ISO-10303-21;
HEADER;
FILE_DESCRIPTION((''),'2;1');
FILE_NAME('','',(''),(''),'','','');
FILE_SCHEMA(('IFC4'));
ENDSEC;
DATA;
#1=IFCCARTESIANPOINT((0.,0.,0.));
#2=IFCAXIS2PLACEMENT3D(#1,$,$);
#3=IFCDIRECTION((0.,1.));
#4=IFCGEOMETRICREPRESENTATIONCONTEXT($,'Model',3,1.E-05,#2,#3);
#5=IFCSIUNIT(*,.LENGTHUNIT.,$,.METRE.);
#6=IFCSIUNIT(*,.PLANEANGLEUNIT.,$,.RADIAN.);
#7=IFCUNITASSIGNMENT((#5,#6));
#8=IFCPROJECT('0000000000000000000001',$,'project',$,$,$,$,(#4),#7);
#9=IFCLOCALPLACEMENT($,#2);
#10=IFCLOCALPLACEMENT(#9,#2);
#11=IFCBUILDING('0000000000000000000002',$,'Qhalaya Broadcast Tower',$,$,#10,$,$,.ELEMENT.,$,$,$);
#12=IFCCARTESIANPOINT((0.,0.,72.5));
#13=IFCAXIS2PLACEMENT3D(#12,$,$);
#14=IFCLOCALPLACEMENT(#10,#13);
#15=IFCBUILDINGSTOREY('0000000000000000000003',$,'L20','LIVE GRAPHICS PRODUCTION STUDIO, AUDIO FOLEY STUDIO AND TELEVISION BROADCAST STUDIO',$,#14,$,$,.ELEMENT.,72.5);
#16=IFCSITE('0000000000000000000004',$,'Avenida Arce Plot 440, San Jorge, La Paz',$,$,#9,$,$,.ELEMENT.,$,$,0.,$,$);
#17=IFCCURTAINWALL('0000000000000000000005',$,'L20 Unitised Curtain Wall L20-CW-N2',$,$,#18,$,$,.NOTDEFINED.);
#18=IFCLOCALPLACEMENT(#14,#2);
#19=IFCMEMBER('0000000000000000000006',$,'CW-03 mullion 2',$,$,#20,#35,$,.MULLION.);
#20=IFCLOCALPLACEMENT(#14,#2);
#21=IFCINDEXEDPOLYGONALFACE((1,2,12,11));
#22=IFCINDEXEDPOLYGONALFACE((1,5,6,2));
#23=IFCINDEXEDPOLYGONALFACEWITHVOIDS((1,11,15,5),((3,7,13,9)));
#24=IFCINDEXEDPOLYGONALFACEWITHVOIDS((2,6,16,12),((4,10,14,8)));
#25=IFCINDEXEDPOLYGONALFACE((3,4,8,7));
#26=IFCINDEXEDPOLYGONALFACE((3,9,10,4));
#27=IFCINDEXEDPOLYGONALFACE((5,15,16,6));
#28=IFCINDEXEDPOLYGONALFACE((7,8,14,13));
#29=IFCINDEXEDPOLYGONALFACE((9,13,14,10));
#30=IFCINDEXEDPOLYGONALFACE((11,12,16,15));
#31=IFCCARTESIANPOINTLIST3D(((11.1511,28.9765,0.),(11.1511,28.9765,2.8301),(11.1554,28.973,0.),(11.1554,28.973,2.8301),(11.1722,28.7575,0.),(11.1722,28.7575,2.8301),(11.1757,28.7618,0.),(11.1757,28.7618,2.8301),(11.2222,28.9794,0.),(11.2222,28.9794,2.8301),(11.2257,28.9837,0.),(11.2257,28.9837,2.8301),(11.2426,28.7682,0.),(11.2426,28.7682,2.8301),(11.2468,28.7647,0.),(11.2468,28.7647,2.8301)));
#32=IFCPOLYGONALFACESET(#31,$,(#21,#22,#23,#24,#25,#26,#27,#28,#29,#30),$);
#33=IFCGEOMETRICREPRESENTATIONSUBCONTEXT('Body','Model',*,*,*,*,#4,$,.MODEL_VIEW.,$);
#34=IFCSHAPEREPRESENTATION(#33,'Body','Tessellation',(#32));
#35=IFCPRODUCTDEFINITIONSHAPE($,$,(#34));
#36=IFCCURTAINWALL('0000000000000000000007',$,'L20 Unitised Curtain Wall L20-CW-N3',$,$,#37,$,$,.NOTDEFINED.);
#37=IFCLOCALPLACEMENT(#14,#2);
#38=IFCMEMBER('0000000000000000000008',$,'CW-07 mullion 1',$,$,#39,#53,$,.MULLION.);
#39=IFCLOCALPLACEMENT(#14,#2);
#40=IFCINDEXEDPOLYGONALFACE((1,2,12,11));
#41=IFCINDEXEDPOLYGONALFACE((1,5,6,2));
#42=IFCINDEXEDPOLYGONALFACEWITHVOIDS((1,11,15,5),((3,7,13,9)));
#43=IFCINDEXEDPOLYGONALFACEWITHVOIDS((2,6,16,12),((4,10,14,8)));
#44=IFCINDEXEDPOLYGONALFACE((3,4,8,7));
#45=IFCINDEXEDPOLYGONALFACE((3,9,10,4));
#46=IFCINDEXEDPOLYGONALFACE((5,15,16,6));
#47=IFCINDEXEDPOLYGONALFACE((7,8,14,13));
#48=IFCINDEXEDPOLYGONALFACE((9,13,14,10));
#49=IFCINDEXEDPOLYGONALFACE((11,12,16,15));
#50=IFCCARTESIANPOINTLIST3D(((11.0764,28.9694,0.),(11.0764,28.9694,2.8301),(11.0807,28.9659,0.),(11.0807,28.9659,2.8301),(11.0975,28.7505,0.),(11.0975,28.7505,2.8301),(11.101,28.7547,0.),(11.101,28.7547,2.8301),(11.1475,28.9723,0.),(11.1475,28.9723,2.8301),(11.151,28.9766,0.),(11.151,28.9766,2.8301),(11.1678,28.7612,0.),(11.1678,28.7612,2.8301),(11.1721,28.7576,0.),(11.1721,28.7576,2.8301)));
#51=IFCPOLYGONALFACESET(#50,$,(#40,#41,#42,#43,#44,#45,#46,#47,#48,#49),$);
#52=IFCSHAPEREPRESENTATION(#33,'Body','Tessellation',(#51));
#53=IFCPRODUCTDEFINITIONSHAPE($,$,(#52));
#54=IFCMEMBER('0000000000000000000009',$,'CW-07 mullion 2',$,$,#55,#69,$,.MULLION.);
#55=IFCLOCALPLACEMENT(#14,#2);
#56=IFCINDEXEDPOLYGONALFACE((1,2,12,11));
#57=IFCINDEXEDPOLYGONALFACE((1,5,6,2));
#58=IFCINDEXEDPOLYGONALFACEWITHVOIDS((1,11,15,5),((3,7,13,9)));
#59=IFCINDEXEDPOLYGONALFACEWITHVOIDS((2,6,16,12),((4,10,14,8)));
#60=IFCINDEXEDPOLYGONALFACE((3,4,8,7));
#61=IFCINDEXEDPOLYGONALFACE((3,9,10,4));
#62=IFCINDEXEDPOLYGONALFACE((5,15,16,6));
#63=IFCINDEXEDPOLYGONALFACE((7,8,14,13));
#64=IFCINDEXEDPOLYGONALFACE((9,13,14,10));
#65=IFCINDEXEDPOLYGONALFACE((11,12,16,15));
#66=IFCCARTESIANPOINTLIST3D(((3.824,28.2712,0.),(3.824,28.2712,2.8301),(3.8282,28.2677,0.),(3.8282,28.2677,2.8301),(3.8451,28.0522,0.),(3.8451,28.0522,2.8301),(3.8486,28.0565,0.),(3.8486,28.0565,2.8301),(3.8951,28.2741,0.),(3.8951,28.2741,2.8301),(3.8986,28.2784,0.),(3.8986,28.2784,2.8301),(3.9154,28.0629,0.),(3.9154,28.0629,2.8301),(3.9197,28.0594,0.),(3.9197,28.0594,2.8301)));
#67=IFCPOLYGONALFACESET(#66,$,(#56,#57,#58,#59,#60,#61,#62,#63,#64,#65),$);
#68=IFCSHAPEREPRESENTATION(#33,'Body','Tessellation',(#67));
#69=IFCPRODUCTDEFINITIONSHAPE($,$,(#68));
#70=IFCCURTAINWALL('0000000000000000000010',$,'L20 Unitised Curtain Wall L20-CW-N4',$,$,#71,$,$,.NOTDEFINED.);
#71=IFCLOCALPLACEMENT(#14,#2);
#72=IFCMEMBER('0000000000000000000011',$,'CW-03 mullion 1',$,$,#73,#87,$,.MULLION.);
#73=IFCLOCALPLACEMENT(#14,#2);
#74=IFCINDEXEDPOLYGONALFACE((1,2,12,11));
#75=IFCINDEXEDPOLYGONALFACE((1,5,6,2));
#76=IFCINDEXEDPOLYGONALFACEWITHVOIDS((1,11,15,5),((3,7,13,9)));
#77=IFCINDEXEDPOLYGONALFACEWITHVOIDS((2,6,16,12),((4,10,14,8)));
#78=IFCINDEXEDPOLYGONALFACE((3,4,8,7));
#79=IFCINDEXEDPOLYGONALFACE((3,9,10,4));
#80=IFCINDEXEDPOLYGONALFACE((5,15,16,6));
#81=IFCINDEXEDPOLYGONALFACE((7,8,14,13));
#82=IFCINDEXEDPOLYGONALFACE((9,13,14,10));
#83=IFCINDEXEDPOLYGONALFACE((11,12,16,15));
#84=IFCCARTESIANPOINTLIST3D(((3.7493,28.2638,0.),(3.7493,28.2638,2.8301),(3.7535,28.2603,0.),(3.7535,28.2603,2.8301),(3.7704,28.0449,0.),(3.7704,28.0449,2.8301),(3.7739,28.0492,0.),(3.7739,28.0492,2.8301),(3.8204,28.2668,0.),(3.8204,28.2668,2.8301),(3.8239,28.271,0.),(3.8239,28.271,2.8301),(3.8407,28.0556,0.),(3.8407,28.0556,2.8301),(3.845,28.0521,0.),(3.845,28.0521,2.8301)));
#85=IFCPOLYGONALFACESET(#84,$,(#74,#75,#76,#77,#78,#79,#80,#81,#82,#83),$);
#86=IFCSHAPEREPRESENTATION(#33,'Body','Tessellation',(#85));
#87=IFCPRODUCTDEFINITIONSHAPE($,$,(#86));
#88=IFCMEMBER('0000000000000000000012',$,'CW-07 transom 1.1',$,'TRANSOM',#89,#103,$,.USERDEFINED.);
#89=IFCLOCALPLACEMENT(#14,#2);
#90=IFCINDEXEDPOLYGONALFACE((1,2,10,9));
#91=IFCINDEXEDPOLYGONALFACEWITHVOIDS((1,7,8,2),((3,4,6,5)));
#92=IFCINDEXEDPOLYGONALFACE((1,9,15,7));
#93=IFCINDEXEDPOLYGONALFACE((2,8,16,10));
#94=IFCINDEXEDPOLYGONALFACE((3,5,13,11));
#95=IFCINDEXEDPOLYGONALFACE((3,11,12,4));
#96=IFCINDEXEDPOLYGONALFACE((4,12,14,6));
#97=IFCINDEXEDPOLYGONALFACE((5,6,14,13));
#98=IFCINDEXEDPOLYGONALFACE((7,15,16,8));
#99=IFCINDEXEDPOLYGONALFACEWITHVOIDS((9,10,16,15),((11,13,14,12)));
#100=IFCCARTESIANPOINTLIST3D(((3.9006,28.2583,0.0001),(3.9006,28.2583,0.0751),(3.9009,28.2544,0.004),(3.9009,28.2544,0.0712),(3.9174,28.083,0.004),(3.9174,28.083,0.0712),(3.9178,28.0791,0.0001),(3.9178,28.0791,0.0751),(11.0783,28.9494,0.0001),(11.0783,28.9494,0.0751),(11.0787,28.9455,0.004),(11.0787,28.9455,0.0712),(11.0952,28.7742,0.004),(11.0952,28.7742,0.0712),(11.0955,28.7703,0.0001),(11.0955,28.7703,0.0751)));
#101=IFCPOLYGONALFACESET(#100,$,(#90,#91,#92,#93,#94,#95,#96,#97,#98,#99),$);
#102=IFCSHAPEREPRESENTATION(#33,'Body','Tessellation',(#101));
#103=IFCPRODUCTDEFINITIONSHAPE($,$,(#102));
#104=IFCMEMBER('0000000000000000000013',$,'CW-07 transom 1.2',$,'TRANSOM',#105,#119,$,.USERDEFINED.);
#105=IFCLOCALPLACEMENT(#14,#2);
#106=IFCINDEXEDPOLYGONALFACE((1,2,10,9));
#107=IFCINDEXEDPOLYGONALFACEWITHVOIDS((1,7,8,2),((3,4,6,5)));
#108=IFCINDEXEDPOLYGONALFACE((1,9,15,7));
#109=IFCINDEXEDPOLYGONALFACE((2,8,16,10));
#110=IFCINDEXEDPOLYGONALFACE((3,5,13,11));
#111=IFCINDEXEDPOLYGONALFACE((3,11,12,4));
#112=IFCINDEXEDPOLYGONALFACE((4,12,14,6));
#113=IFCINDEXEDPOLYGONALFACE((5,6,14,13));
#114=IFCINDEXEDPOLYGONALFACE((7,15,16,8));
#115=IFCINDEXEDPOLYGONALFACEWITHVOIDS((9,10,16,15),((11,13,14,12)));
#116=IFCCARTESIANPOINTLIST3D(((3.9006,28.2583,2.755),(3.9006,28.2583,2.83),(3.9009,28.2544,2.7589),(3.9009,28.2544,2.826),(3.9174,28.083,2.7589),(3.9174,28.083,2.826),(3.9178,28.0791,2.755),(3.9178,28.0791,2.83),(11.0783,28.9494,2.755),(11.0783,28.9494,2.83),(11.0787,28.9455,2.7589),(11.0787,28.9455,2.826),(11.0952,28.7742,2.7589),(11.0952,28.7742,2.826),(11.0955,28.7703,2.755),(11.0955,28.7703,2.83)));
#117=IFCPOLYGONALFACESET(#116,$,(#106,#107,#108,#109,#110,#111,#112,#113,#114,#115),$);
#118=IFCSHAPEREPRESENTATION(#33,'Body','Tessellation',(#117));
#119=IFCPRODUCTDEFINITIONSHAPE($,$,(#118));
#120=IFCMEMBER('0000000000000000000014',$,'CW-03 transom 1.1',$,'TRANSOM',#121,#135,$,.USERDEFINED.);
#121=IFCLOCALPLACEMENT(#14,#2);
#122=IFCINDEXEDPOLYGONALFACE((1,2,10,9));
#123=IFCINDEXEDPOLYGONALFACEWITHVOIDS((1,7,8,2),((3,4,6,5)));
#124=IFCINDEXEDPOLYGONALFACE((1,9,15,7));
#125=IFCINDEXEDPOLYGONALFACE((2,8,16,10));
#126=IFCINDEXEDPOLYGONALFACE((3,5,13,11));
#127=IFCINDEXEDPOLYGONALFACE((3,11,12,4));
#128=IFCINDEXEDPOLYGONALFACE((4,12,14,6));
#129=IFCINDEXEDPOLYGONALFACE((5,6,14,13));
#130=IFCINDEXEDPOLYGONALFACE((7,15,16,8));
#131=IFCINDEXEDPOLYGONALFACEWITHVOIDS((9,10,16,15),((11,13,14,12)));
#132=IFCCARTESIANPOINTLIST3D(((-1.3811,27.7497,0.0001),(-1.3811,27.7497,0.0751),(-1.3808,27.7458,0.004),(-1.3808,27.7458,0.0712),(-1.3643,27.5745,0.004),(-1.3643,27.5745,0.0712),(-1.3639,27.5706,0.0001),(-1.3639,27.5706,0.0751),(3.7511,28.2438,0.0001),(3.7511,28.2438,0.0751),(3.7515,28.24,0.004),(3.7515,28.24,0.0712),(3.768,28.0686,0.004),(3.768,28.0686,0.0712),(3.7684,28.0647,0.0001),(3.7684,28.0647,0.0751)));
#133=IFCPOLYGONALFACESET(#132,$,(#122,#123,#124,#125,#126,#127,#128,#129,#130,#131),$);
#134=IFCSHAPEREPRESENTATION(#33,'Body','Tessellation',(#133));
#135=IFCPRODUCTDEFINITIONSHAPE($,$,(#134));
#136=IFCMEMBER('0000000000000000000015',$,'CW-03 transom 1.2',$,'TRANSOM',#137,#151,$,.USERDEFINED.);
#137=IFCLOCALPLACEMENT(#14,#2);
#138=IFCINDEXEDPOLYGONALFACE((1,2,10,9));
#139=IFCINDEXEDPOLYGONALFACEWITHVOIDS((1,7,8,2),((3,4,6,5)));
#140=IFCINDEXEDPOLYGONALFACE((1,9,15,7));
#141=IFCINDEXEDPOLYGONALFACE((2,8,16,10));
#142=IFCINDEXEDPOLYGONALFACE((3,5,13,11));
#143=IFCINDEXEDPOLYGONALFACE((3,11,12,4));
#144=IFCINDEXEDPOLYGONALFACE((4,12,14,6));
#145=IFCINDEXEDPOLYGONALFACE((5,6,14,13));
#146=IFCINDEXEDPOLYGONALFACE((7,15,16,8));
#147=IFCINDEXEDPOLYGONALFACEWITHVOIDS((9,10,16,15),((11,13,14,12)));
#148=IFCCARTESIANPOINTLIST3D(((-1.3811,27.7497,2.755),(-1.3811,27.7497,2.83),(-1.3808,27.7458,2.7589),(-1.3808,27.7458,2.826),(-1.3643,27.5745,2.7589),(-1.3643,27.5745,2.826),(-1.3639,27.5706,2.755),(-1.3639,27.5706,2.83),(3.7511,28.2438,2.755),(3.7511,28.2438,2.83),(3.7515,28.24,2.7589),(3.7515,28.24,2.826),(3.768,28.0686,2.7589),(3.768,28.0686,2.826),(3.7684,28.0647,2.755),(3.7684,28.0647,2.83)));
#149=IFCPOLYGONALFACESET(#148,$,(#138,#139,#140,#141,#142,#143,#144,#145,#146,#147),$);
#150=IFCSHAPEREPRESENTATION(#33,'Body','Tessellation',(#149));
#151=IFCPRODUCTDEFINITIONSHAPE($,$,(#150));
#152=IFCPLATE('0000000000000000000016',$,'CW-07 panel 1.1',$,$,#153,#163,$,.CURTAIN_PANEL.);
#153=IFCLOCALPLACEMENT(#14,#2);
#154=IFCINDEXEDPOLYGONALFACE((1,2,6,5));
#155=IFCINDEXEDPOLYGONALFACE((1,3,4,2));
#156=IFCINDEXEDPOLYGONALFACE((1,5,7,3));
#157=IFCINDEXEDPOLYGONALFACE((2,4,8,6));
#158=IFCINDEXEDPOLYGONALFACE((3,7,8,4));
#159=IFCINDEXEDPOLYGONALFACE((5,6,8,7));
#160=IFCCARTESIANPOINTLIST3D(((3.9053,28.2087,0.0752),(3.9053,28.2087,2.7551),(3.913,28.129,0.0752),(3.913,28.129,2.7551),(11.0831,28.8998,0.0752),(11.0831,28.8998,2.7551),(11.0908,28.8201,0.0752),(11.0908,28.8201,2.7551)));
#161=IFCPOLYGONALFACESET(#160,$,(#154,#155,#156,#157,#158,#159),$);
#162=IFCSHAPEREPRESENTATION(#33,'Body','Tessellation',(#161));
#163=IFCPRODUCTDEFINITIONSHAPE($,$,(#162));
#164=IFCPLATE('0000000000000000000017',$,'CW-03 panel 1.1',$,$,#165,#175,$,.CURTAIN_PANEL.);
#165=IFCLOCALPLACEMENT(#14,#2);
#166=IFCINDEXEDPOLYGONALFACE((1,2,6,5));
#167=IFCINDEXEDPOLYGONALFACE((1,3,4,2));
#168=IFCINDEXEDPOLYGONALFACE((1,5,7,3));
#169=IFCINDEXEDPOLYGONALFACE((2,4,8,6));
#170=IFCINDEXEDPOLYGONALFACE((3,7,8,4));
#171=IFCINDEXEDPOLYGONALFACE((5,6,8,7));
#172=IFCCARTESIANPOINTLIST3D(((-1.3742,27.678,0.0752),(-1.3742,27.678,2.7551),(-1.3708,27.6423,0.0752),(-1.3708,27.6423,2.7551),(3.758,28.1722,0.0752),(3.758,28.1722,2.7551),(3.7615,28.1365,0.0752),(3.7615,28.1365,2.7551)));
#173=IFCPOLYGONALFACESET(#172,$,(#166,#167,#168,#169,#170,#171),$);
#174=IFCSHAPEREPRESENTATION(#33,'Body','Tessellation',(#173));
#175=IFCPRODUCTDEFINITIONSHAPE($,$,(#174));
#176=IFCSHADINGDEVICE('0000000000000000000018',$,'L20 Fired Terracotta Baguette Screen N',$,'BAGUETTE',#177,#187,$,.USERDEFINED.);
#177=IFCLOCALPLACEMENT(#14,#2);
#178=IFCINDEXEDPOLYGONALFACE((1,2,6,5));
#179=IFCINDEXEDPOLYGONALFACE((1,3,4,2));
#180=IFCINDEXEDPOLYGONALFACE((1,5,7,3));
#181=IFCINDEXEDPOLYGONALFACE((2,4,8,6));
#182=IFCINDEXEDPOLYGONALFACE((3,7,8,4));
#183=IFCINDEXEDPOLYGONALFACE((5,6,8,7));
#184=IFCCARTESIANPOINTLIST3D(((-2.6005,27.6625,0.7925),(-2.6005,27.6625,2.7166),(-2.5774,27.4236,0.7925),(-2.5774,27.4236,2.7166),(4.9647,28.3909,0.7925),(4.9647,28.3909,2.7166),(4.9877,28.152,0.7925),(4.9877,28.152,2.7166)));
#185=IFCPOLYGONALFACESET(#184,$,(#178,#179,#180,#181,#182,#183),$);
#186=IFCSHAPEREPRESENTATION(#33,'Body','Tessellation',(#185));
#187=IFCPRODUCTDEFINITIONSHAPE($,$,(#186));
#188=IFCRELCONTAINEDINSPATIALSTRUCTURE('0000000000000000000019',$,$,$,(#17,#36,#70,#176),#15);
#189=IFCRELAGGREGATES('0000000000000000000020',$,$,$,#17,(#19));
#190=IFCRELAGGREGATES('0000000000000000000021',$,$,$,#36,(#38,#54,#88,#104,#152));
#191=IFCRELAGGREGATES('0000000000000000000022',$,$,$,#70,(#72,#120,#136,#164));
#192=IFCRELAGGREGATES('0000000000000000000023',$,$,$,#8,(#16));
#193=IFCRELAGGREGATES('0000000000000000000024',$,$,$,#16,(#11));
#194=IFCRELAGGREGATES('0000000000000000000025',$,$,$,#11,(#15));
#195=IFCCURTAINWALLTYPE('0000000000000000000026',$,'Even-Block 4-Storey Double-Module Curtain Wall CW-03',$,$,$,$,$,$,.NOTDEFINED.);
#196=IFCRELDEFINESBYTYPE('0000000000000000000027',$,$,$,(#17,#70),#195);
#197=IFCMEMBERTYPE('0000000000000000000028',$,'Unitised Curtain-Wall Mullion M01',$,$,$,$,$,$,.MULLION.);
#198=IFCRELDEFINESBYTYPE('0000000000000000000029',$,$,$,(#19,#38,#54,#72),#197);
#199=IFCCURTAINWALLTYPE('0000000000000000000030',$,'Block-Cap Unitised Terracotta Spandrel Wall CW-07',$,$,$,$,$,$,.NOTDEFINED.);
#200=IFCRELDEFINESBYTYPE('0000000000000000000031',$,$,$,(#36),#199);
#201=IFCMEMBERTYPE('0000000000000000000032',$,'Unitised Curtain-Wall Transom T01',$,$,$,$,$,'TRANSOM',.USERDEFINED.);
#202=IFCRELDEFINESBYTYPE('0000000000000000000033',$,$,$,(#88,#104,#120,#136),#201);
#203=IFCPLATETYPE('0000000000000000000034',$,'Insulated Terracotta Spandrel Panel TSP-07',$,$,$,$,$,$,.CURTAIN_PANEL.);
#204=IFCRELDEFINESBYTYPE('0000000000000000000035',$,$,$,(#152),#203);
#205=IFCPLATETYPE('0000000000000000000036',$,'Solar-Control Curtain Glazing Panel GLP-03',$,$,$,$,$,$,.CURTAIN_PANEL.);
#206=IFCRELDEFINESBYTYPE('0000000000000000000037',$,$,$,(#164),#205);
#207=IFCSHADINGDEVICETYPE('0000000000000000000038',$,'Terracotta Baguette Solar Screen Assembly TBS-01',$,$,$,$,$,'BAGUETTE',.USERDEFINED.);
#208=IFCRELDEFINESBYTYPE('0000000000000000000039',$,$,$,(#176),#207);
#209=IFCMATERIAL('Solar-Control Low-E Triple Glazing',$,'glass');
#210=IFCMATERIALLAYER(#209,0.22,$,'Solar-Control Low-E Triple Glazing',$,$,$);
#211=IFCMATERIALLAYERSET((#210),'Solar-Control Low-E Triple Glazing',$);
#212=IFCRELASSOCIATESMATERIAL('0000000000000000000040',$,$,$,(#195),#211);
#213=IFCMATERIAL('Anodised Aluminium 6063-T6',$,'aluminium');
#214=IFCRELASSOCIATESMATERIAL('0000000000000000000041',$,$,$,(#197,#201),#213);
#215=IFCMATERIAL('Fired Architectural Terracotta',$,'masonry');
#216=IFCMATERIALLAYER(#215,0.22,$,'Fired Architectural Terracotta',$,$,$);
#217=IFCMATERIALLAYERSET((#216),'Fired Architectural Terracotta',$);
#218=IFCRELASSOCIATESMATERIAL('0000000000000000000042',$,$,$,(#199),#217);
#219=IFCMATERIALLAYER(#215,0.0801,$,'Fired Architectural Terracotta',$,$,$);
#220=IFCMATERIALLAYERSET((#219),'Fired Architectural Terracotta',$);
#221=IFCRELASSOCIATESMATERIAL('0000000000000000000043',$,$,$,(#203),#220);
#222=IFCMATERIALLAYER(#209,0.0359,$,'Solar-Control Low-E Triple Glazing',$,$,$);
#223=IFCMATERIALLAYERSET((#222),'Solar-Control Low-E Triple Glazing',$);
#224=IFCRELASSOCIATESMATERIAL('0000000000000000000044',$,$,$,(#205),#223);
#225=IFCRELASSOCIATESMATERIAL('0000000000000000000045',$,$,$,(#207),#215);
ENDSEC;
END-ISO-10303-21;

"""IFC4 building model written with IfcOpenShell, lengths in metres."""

from ifc_helpers import new_model, si_unit, direction, frame, origin, origin_2d, place, context, subcontext, project, spatial, rectangle, hollow_rectangle, extrude, material, layer, layer_set, material_profile, profile_set, type_object, element, aggregate, save


model = new_model("IFC4")

# Units and contexts
model_context = context("Model", 3, precision=1e-05, world=origin(), true_north=direction((0.0, 1.0)))
body_context = subcontext(model_context, "Body", "Model", "MODEL_VIEW")
ifc_project = project(units=[si_unit("LENGTHUNIT", "METRE"), si_unit("PLANEANGLEUNIT", "RADIAN")], contexts=[model_context])

# Site, building, storey
site_placement = place(None, origin())
site = spatial("IfcSite", under=ifc_project, at=site_placement, Name="Avenida Arce Plot 440, San Jorge, La Paz", CompositionType="ELEMENT", RefElevation=0.0)
building_placement = place(site_placement, origin())
building = spatial("IfcBuilding", under=site, at=building_placement, Name="Qhalaya Broadcast Tower", CompositionType="ELEMENT")
storey_placement = place(building_placement, frame((0.0, 0.0, 72.5)))
storey = spatial("IfcBuildingStorey", under=building, at=storey_placement, Name="L20", Description="LIVE GRAPHICS PRODUCTION STUDIO, AUDIO FOLEY STUDIO AND TELEVISION BROADCAST STUDIO", CompositionType="ELEMENT", Elevation=72.5)

# Curtain wall, member
ifc_material_1 = material(Name="Solar-Control Low-E Triple Glazing", Category="glass")
ifc_layer_1 = layer(ifc_material_1, 0.22, Name="Solar-Control Low-E Triple Glazing")
ifc_layer_set_1 = layer_set([ifc_layer_1], Name="Solar-Control Low-E Triple Glazing")
curtain_wall_type_1 = type_object("IfcCurtainWallType", Name="Even-Block 4-Storey Double-Module Curtain Wall CW-03", PredefinedType="NOTDEFINED", material=ifc_layer_set_1)
curtain_wall_1_placement = place(storey_placement, origin())
curtain_wall_1 = element("IfcCurtainWall", 1, at=curtain_wall_1_placement, inside=storey, type_object=curtain_wall_type_1, Name="L20 Unitised Curtain Wall L20-CW-N2", PredefinedType="NOTDEFINED")
ifc_material_2 = material(Name="Anodised Aluminium 6063-T6", Category="aluminium")
ifc_material_profile_1 = material_profile(ifc_material_2, hollow_rectangle(XDim=0.075, YDim=0.22, WallThickness=0.0039, at=origin_2d()), Name="ALU-MUL 75x220x4")
ifc_profile_set_1 = profile_set([ifc_material_profile_1], Name="Anodised Aluminium 6063-T6")
member_type_1 = type_object("IfcMemberType", Name="Unitised Curtain-Wall Mullion M01", PredefinedType="MULLION", material=ifc_profile_set_1)
member_1_placement = place(storey_placement, frame((11.199, 28.8706, 0.0), z_axis=(0.0, 0.0, 1.0), x_axis=(-0.995396, -0.095852, 0.0)))
member_1 = element("IfcMember", 2, at=member_1_placement, type_object=member_type_1, Name="CW-03 mullion 2", PredefinedType="MULLION", context=body_context, shape_type="SweptSolid", body=[
    extrude(hollow_rectangle(XDim=0.075, YDim=0.22, WallThickness=0.0039, at=origin_2d()), origin(), (0.0, 0.0, 1.0), 2.8301),
])
aggregate(curtain_wall_1, [member_1])

# Curtain wall, members
ifc_material_3 = material(Name="Fired Architectural Terracotta", Category="masonry")
ifc_layer_2 = layer(ifc_material_3, 0.22, Name="Fired Architectural Terracotta")
ifc_layer_set_2 = layer_set([ifc_layer_2], Name="Fired Architectural Terracotta")
curtain_wall_type_2 = type_object("IfcCurtainWallType", Name="Block-Cap Unitised Terracotta Spandrel Wall CW-07", PredefinedType="NOTDEFINED", material=ifc_layer_set_2)
curtain_wall_2_placement = place(storey_placement, origin())
curtain_wall_2 = element("IfcCurtainWall", 3, at=curtain_wall_2_placement, inside=storey, type_object=curtain_wall_type_2, Name="L20 Unitised Curtain Wall L20-CW-N3", PredefinedType="NOTDEFINED")
member_2_placement = place(storey_placement, frame((11.1243, 28.8635, 0.0), z_axis=(0.0, 0.0, 1.0), x_axis=(-0.995396, -0.095843, 0.0)))
member_2 = element("IfcMember", 4, at=member_2_placement, type_object=member_type_1, Name="CW-07 mullion 1", PredefinedType="MULLION", context=body_context, shape_type="SweptSolid", body=[
    extrude(hollow_rectangle(XDim=0.075, YDim=0.22, WallThickness=0.0039, at=origin_2d()), origin(), (0.0, 0.0, 1.0), 2.8301),
])
member_3_placement = place(storey_placement, frame((3.8718, 28.1653, 0.0), z_axis=(0.0, 0.0, 1.0), x_axis=(-0.995396, -0.095843, 0.0)))
member_3 = element("IfcMember", 5, at=member_3_placement, type_object=member_type_1, Name="CW-07 mullion 2", PredefinedType="MULLION", context=body_context, shape_type="SweptSolid", body=[
    extrude(hollow_rectangle(XDim=0.075, YDim=0.22, WallThickness=0.0039, at=origin_2d()), origin(), (0.0, 0.0, 1.0), 2.8301),
])

# Curtain wall, member
curtain_wall_3_placement = place(storey_placement, origin())
curtain_wall_3 = element("IfcCurtainWall", 6, at=curtain_wall_3_placement, inside=storey, type_object=curtain_wall_type_1, Name="L20 Unitised Curtain Wall L20-CW-N4", PredefinedType="NOTDEFINED")
member_4_placement = place(storey_placement, frame((3.7971, 28.158, 0.0), z_axis=(0.0, 0.0, 1.0), x_axis=(-0.995395, -0.095853, 0.0)))
member_4 = element("IfcMember", 7, at=member_4_placement, type_object=member_type_1, Name="CW-03 mullion 1", PredefinedType="MULLION", context=body_context, shape_type="SweptSolid", body=[
    extrude(hollow_rectangle(XDim=0.075, YDim=0.22, WallThickness=0.0039, at=origin_2d()), origin(), (0.0, 0.0, 1.0), 2.8301),
])

# Members
ifc_material_profile_2 = material_profile(ifc_material_2, hollow_rectangle(XDim=0.075, YDim=0.1799, WallThickness=0.0039, at=origin_2d()), Name="ALU-TRN 75x180x4")
ifc_profile_set_2 = profile_set([ifc_material_profile_2], Name="Anodised Aluminium 6063-T6")
member_type_2 = type_object("IfcMemberType", Name="Unitised Curtain-Wall Transom T01", ElementType="TRANSOM", PredefinedType="USERDEFINED", material=ifc_profile_set_2)
member_5_placement = place(storey_placement, frame((11.0869, 28.8599, 0.0376), z_axis=(-0.995396, -0.095849, 0.0), x_axis=(0.0, 0.0, 1.0)))
member_5 = element("IfcMember", 8, at=member_5_placement, type_object=member_type_2, Name="CW-07 transom 1.1", ObjectType="TRANSOM", PredefinedType="USERDEFINED", context=body_context, shape_type="SweptSolid", body=[
    extrude(hollow_rectangle(XDim=0.075, YDim=0.1799, WallThickness=0.0039, at=origin_2d()), origin(), (0.0, 0.0, 1.0), 7.2109),
])
member_6_placement = place(storey_placement, frame((11.0869, 28.8599, 2.7925), z_axis=(-0.995396, -0.095849, 0.0), x_axis=(0.0, 0.0, 1.0)))
member_6 = element("IfcMember", 9, at=member_6_placement, type_object=member_type_2, Name="CW-07 transom 1.2", ObjectType="TRANSOM", PredefinedType="USERDEFINED", context=body_context, shape_type="SweptSolid", body=[
    extrude(hollow_rectangle(XDim=0.075, YDim=0.1799, WallThickness=0.0039, at=origin_2d()), origin(), (0.0, 0.0, 1.0), 7.2109),
])
member_7_placement = place(storey_placement, frame((3.7598, 28.1543, 0.0376), z_axis=(-0.995397, -0.095837, 0.0), x_axis=(0.0, 0.0, 1.0)))
member_7 = element("IfcMember", 10, at=member_7_placement, type_object=member_type_2, Name="CW-03 transom 1.1", ObjectType="TRANSOM", PredefinedType="USERDEFINED", context=body_context, shape_type="SweptSolid", body=[
    extrude(hollow_rectangle(XDim=0.075, YDim=0.1799, WallThickness=0.0039, at=origin_2d()), origin(), (0.0, 0.0, 1.0), 5.156),
])
member_8_placement = place(storey_placement, frame((3.7598, 28.1543, 2.7925), z_axis=(-0.995397, -0.095837, 0.0), x_axis=(0.0, 0.0, 1.0)))
member_8 = element("IfcMember", 11, at=member_8_placement, type_object=member_type_2, Name="CW-03 transom 1.2", ObjectType="TRANSOM", PredefinedType="USERDEFINED", context=body_context, shape_type="SweptSolid", body=[
    extrude(hollow_rectangle(XDim=0.075, YDim=0.1799, WallThickness=0.0039, at=origin_2d()), origin(), (0.0, 0.0, 1.0), 5.156),
])

# Plates
ifc_layer_3 = layer(ifc_material_3, 0.0801, Name="Fired Architectural Terracotta")
ifc_layer_set_3 = layer_set([ifc_layer_3], Name="Fired Architectural Terracotta")
plate_type_1 = type_object("IfcPlateType", Name="Insulated Terracotta Spandrel Panel TSP-07", PredefinedType="CURTAIN_PANEL", material=ifc_layer_set_3)
plate_1_placement = place(storey_placement, frame((7.498, 28.5144, 0.0752), z_axis=(0.0, 0.0, 1.0), x_axis=(-0.995396, -0.095843, 0.0)))
plate_1 = element("IfcPlate", 12, at=plate_1_placement, type_object=plate_type_1, Name="CW-07 panel 1.1", PredefinedType="CURTAIN_PANEL", context=body_context, shape_type="SweptSolid", body=[
    extrude(rectangle(XDim=7.2109, YDim=0.0801, at=origin_2d()), origin(), (0.0, 0.0, 1.0), 2.6799),
])
aggregate(curtain_wall_2, [member_2, member_3, member_5, member_6, plate_1])
ifc_layer_4 = layer(ifc_material_1, 0.0359, Name="Solar-Control Low-E Triple Glazing")
ifc_layer_set_4 = layer_set([ifc_layer_4], Name="Solar-Control Low-E Triple Glazing")
plate_type_2 = type_object("IfcPlateType", Name="Solar-Control Curtain Glazing Panel GLP-03", PredefinedType="CURTAIN_PANEL", material=ifc_layer_set_4)
plate_2_placement = place(storey_placement, frame((1.1936, 27.9072, 0.0752), z_axis=(0.0, 0.0, 1.0), x_axis=(-0.995395, -0.095853, 0.0)))
plate_2 = element("IfcPlate", 13, at=plate_2_placement, type_object=plate_type_2, Name="CW-03 panel 1.1", PredefinedType="CURTAIN_PANEL", context=body_context, shape_type="SweptSolid", body=[
    extrude(rectangle(XDim=5.156, YDim=0.0359, at=origin_2d()), origin(), (0.0, 0.0, 1.0), 2.6799),
])
aggregate(curtain_wall_3, [member_4, member_7, member_8, plate_2])

# Shading device
shading_device_type = type_object("IfcShadingDeviceType", Name="Terracotta Baguette Solar Screen Assembly TBS-01", ElementType="BAGUETTE", PredefinedType="USERDEFINED", material=ifc_material_3)
shading_device_placement = place(storey_placement, frame((1.1936, 27.9072, 0.7925), z_axis=(0.0, 0.0, 1.0), x_axis=(-0.995396, -0.095846, 0.0)))
element("IfcShadingDevice", 14, at=shading_device_placement, inside=storey, type_object=shading_device_type, Name="L20 Fired Terracotta Baguette Screen N", ObjectType="BAGUETTE", PredefinedType="USERDEFINED", context=body_context, shape_type="SweptSolid", body=[
    extrude(rectangle(XDim=7.6001, YDim=0.24, at=origin_2d()), origin(), (0.0, 0.0, 1.0), 1.9241),
])

save(model, "model.ifc")
